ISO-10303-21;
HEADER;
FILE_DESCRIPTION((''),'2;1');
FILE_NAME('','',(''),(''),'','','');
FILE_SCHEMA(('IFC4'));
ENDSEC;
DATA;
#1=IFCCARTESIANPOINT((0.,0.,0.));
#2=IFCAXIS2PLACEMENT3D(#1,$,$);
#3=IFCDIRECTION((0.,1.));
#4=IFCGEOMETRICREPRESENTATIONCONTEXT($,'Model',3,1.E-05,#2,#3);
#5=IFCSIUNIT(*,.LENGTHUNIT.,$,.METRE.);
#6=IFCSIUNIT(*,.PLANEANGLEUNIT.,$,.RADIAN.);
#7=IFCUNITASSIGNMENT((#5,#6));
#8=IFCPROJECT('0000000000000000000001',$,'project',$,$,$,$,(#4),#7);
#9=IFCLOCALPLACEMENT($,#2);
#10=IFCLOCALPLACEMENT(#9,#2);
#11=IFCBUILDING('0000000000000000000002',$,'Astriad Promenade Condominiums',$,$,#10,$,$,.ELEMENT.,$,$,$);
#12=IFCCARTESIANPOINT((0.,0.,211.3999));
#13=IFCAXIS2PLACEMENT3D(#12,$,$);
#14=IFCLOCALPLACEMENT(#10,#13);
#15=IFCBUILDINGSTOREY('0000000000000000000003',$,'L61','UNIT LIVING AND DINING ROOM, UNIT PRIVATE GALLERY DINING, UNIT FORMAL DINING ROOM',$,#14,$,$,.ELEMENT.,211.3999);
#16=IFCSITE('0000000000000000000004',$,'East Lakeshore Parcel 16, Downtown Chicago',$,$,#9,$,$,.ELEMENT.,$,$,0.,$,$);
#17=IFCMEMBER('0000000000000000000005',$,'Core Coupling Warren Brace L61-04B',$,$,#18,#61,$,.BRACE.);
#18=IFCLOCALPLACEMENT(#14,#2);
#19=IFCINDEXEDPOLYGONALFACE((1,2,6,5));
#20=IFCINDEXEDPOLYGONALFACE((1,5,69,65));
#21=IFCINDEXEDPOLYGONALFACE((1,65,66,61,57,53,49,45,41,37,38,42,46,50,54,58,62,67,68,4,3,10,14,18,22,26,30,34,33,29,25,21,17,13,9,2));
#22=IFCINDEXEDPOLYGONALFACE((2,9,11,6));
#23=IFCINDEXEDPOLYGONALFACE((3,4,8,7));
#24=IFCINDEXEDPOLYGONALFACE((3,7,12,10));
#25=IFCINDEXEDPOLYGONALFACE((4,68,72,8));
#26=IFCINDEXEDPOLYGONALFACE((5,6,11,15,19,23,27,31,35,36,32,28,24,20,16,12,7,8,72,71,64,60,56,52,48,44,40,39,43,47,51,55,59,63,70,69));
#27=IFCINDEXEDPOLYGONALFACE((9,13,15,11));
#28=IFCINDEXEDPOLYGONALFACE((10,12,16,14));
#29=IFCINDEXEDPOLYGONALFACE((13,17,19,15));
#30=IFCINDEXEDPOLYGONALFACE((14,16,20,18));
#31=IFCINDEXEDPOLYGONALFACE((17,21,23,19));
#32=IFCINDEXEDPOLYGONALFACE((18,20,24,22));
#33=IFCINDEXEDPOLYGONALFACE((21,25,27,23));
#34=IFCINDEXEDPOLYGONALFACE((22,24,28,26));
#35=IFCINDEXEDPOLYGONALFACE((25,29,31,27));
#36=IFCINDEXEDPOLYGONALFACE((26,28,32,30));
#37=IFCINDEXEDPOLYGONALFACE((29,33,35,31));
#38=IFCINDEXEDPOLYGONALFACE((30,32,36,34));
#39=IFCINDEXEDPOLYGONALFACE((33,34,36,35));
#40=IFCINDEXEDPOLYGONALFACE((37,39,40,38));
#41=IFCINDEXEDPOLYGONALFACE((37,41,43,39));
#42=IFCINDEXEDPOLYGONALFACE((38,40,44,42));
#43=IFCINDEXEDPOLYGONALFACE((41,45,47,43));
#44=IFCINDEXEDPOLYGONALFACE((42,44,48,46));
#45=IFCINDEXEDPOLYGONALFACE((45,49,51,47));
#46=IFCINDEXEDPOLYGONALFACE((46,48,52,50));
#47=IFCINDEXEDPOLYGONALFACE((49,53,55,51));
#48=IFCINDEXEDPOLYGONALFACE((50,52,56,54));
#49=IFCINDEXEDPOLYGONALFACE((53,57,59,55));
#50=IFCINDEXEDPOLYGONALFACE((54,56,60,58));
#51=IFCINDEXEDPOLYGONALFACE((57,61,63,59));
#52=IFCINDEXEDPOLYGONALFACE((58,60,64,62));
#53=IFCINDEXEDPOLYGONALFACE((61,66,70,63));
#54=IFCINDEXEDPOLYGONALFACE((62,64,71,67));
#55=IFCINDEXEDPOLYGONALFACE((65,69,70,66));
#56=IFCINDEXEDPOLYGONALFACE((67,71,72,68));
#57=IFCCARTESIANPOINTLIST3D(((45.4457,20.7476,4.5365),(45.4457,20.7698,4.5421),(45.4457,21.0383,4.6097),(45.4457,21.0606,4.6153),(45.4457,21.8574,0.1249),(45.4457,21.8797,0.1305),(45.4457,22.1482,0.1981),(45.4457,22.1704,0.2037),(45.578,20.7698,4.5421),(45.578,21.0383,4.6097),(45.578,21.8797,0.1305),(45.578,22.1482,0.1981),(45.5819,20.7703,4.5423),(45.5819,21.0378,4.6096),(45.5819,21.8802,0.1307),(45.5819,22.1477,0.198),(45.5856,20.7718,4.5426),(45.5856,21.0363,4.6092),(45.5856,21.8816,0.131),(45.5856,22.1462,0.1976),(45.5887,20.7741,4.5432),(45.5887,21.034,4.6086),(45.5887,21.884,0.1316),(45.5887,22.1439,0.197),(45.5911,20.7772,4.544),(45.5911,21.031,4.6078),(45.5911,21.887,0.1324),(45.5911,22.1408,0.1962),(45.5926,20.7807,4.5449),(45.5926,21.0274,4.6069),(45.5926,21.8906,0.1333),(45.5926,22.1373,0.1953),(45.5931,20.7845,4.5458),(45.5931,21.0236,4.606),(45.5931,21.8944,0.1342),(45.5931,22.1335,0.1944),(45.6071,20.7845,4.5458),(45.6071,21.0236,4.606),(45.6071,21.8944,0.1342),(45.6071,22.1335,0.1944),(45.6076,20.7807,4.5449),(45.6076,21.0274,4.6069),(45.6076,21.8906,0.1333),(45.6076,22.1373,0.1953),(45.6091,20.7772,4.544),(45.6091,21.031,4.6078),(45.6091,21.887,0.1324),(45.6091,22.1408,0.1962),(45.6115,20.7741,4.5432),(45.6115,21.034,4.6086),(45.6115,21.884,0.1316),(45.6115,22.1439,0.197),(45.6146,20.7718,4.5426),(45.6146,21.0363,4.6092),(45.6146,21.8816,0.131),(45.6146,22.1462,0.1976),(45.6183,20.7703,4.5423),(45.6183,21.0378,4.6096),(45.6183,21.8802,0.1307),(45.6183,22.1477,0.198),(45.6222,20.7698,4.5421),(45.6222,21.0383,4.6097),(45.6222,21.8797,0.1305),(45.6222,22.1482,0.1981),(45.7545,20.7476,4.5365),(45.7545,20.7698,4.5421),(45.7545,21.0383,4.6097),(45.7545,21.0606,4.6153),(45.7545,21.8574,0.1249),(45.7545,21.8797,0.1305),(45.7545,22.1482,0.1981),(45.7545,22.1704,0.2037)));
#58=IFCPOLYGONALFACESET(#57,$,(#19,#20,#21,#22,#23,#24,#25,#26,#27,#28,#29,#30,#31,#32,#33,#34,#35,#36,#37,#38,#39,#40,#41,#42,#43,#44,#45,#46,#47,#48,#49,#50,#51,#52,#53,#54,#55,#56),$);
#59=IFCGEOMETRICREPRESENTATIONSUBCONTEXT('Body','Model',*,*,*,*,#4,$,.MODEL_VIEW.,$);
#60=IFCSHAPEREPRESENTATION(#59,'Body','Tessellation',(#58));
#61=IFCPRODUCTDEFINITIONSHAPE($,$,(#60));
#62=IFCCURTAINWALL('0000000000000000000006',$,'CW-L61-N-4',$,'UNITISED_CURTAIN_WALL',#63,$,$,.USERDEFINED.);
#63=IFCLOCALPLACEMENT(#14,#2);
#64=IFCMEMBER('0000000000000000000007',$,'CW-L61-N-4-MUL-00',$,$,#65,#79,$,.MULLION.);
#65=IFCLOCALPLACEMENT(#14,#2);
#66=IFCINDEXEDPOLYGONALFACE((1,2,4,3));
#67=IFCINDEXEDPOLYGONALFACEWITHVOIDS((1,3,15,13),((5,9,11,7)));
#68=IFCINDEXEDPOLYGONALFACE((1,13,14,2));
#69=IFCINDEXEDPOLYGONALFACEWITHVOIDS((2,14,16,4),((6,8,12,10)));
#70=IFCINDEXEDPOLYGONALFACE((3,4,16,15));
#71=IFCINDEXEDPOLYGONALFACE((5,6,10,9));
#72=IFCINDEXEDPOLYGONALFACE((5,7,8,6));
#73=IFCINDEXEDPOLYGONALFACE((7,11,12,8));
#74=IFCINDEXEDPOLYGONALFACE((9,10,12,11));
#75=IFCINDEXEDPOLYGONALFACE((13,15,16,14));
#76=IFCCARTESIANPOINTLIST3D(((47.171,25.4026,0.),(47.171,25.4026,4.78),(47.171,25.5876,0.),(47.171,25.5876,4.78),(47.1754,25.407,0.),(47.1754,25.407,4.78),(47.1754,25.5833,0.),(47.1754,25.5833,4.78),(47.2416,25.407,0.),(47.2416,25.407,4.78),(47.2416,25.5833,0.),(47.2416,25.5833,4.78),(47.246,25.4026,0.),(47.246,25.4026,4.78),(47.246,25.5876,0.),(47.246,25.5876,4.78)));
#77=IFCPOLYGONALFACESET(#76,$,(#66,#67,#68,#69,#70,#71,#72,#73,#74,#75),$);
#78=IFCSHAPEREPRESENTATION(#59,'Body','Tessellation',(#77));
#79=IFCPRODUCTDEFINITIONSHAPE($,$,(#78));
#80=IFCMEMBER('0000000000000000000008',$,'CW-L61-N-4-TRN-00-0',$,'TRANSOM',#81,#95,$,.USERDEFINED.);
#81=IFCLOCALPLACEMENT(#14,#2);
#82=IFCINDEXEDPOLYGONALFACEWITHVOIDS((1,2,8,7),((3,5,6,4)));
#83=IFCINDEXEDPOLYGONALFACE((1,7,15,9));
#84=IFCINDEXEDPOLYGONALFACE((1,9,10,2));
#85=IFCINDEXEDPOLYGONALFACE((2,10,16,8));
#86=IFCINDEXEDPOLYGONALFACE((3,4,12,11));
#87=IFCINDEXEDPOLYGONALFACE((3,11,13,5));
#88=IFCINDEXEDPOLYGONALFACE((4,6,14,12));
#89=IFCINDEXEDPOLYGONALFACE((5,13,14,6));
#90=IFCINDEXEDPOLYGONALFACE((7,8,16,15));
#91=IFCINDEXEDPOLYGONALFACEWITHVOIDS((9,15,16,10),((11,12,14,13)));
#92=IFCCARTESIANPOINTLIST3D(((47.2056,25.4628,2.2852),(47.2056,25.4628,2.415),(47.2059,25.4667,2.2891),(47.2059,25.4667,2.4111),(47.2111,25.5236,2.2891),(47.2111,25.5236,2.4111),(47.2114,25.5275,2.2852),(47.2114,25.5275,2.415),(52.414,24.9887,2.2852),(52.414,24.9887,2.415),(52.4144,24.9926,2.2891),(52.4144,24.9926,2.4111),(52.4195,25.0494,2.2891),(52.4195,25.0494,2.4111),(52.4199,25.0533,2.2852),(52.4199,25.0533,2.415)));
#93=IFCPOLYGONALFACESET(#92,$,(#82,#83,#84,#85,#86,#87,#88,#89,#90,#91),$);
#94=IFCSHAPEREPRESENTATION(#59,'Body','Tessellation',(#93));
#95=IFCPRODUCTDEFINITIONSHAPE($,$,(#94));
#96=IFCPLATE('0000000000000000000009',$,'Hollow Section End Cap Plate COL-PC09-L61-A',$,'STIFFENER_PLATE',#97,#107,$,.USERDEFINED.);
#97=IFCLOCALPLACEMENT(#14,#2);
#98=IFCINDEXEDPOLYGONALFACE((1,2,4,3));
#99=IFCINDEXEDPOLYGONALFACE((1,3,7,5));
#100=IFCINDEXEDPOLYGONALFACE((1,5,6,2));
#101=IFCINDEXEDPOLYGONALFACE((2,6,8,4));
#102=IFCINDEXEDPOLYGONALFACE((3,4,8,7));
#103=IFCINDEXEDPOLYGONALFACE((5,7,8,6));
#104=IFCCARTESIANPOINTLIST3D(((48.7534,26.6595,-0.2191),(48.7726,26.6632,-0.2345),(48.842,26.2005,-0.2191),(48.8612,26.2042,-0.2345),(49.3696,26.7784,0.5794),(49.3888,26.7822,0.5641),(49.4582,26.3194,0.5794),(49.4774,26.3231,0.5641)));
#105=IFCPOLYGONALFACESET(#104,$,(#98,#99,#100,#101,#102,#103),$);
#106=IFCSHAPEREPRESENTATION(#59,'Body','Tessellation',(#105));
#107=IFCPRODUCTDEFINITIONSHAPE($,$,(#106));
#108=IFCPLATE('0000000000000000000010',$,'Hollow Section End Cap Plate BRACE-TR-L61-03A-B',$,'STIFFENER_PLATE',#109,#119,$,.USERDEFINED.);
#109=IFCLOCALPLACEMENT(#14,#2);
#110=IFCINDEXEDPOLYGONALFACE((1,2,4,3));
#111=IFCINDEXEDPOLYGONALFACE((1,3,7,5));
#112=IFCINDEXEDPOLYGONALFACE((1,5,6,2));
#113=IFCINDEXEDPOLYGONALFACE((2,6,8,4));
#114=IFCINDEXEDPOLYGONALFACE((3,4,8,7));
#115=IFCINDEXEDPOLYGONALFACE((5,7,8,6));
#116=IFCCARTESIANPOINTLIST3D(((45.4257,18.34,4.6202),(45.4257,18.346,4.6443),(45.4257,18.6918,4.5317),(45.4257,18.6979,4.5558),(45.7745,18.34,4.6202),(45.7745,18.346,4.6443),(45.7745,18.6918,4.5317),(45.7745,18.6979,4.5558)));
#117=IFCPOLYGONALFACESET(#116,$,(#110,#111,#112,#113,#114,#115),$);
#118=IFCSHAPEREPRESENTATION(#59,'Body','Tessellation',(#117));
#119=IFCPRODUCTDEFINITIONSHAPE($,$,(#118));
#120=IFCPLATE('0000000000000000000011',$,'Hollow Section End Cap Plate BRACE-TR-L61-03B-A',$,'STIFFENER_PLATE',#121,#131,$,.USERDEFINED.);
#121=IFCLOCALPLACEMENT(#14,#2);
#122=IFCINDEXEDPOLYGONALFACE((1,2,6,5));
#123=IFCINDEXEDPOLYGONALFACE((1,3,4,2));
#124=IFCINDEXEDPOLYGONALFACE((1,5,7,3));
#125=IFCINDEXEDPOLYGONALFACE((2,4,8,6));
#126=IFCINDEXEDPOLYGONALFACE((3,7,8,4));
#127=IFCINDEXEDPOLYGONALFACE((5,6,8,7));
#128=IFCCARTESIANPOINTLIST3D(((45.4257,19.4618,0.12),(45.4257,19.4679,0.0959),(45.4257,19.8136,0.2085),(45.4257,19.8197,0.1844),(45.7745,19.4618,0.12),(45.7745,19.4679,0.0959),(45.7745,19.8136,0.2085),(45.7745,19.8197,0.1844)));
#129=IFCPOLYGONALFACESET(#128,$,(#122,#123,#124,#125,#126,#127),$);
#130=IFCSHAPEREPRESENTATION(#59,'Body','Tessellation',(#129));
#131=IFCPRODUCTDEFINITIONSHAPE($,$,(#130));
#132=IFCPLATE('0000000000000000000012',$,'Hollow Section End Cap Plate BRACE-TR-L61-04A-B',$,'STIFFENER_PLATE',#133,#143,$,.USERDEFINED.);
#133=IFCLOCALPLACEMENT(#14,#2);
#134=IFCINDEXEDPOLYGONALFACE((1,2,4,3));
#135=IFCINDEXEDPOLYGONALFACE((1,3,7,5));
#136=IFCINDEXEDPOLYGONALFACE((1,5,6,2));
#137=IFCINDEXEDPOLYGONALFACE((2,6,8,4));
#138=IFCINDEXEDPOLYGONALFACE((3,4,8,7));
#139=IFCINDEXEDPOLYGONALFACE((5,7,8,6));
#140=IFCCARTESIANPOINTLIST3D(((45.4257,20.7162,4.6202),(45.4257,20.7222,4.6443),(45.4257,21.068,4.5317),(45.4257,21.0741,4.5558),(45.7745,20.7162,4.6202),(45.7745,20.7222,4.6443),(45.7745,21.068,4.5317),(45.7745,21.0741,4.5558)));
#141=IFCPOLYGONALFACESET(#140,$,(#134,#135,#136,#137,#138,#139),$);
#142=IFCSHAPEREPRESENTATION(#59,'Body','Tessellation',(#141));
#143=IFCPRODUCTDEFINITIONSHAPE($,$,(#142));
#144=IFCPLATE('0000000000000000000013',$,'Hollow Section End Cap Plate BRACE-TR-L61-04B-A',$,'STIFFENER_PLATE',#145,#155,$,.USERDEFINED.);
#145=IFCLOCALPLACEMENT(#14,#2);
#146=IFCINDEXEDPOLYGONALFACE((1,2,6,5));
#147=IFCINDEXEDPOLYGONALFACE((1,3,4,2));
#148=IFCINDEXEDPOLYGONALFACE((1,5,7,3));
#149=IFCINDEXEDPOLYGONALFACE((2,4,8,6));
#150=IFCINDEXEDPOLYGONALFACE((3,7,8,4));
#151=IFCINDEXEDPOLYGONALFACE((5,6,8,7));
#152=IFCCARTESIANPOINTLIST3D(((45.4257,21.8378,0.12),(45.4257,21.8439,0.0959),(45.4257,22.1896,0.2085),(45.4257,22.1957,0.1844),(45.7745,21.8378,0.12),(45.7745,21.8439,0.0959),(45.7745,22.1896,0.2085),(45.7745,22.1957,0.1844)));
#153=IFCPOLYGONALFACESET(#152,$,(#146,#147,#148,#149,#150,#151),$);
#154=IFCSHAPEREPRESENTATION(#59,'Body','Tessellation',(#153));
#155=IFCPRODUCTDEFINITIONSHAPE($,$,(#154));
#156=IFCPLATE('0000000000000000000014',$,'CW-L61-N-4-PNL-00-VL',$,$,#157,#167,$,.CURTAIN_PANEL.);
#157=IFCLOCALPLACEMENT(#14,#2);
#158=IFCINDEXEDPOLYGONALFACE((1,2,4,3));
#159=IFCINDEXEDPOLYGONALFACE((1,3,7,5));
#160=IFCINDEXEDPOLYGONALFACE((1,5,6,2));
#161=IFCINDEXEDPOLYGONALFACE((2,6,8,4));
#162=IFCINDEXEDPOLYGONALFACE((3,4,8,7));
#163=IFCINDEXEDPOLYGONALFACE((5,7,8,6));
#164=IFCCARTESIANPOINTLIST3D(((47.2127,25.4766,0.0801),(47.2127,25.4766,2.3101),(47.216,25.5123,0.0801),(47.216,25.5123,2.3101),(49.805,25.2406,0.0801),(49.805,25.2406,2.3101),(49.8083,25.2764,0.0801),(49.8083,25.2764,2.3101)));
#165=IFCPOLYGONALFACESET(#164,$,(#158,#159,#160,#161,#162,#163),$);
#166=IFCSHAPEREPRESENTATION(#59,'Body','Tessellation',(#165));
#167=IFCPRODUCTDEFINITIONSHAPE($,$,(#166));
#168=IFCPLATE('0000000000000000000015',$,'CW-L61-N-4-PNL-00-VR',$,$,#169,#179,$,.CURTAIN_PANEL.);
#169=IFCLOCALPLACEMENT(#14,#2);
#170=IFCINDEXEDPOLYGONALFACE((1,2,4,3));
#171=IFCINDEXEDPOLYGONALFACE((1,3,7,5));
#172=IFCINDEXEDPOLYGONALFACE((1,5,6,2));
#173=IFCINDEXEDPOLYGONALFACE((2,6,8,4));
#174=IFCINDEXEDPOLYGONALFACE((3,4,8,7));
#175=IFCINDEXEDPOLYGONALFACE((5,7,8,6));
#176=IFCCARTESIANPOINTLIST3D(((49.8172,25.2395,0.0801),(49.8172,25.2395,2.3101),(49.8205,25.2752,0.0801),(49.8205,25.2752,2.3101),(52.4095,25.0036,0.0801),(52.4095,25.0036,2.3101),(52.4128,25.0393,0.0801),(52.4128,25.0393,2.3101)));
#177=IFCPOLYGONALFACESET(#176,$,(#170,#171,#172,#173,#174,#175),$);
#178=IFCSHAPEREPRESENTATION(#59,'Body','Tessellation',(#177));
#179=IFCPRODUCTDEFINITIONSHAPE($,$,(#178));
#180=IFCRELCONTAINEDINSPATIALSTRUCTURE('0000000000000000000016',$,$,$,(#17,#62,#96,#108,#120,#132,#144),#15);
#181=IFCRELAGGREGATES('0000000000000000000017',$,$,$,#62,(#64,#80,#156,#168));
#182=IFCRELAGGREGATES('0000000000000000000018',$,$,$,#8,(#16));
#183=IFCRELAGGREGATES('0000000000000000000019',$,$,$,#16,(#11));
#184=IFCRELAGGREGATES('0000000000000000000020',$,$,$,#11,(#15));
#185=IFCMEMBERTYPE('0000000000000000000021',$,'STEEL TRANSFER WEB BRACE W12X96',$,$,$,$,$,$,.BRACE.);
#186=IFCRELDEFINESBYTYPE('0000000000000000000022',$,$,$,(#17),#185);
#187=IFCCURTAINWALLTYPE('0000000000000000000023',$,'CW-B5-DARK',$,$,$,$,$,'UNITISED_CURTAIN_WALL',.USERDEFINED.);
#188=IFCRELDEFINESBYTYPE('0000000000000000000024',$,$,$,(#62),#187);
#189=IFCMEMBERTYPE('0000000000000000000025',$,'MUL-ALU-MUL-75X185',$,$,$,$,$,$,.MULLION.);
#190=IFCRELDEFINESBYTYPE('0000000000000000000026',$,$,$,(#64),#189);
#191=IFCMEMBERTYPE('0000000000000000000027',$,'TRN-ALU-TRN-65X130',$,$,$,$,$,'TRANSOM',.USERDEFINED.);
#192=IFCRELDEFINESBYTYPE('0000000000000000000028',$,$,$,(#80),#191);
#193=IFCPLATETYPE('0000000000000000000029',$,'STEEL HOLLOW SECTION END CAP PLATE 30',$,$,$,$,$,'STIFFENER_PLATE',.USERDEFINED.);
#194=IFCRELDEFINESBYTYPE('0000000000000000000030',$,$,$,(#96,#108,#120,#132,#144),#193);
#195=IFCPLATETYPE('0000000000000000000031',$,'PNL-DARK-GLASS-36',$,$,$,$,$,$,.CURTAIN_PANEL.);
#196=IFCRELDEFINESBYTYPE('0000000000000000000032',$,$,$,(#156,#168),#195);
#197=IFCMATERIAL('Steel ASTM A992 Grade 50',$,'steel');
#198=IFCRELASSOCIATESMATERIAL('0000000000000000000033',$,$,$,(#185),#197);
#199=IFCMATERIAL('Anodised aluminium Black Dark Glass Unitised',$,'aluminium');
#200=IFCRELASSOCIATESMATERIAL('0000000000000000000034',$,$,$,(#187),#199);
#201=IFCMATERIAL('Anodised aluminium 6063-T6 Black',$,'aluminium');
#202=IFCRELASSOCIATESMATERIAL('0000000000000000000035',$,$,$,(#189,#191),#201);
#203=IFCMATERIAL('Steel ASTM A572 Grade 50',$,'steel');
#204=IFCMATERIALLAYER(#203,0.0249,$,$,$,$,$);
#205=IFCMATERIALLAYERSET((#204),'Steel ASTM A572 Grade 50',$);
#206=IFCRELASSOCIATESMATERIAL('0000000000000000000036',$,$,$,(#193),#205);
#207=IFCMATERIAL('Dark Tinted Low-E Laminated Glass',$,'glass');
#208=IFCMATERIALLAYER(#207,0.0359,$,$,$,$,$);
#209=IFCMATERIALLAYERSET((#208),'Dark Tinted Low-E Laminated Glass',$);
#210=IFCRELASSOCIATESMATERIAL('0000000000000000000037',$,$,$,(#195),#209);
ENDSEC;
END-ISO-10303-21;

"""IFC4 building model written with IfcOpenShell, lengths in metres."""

from ifc_helpers import new_model, si_unit, direction, frame, origin, origin_2d, place, context, subcontext, project, spatial, rectangle, hollow_rectangle, i_section, extrude, source, transform, mapped, material, layer, layer_set, material_profile, profile_set, type_object, type_shapes, element, aggregate, save


model = new_model("IFC4")

# Units and contexts
model_context = context("Model", 3, precision=1e-05, world=origin(), true_north=direction((0.0, 1.0)))
body_context = subcontext(model_context, "Body", "Model", "MODEL_VIEW")
ifc_project = project(units=[si_unit("LENGTHUNIT", "METRE"), si_unit("PLANEANGLEUNIT", "RADIAN")], contexts=[model_context])

# Site, building, storey
site_placement = place(None, origin())
site = spatial("IfcSite", under=ifc_project, at=site_placement, Name="East Lakeshore Parcel 16, Downtown Chicago", CompositionType="ELEMENT", RefElevation=0.0)
building_placement = place(site_placement, origin())
building = spatial("IfcBuilding", under=site, at=building_placement, Name="Astriad Promenade Condominiums", CompositionType="ELEMENT")
storey_placement = place(building_placement, frame((0.0, 0.0, 211.3999)))
storey = spatial("IfcBuildingStorey", under=building, at=storey_placement, Name="L61", Description="UNIT LIVING AND DINING ROOM, UNIT PRIVATE GALLERY DINING, UNIT FORMAL DINING ROOM", CompositionType="ELEMENT", Elevation=211.3999)

# Shared definitions
ifc_material_1 = material(Name="Steel ASTM A992 Grade 50", Category="steel")

# Member
ifc_material_profile_1 = material_profile(ifc_material_1, i_section(OverallWidth=0.3088, OverallDepth=0.3228, WebThickness=0.0139, FlangeThickness=0.0229, FilletRadius=0.0151, at=origin_2d()), Name="W12X96")
ifc_profile_set_1 = profile_set([ifc_material_profile_1], Name="Steel ASTM A992 Grade 50")
member_type_1 = type_object("IfcMemberType", Name="STEEL TRANSFER WEB BRACE W12X96", PredefinedType="BRACE", material=ifc_profile_set_1)
shared_shape_1 = source(origin(), body_context, "Body", "SweptSolid", [
    extrude(i_section(OverallWidth=0.3088, OverallDepth=0.3228, WebThickness=0.0139, FlangeThickness=0.0229, FilletRadius=0.0151, at=origin_2d()), origin(), (0.0, 0.0, 1.0), 4.5491),
])
type_shapes(member_type_1, [shared_shape_1])
for number, where, z_axis, x_axis, name in (
    (1, (45.6001, 22.0139, 0.1643), (0.0, -0.243975, 0.969782), (1.0, 0.0, 0.0), "Core Coupling Warren Brace L61-04B"),
):
    element("IfcMember", number, at=place(storey_placement, frame(where, z_axis=z_axis, x_axis=x_axis)), inside=storey, type_object=member_type_1, Name=name, PredefinedType="BRACE", context=body_context, shape_type="MappedRepresentation", body=[
        mapped(shared_shape_1, transform((0.0, 0.0, 0.0), scale=1.0)),
    ])

# Curtain wall, members
ifc_material_2 = material(Name="Anodised aluminium Black Dark Glass Unitised", Category="aluminium")
curtain_wall_type = type_object("IfcCurtainWallType", Name="CW-B5-DARK", ElementType="UNITISED_CURTAIN_WALL", PredefinedType="USERDEFINED", material=ifc_material_2)
curtain_wall_placement = place(storey_placement, origin())
curtain_wall = element("IfcCurtainWall", 2, at=curtain_wall_placement, inside=storey, type_object=curtain_wall_type, Name="CW-L61-N-4", ObjectType="UNITISED_CURTAIN_WALL", PredefinedType="USERDEFINED")
ifc_material_3 = material(Name="Anodised aluminium 6063-T6 Black", Category="aluminium")
ifc_material_profile_2 = material_profile(ifc_material_3, hollow_rectangle(XDim=0.075, YDim=0.1851, WallThickness=0.0044, at=origin_2d()), Name="ALU-MUL-75X185")
ifc_profile_set_2 = profile_set([ifc_material_profile_2], Name="Anodised aluminium 6063-T6 Black")
member_type_2 = type_object("IfcMemberType", Name="MUL-ALU-MUL-75X185", PredefinedType="MULLION", material=ifc_profile_set_2)
shared_shape_2 = source(origin(), body_context, "Body", "SweptSolid", [
    extrude(hollow_rectangle(XDim=0.075, YDim=0.1851, WallThickness=0.0044, at=origin_2d()), origin(), (0.0, 0.0, 1.0), 4.78),
])
type_shapes(member_type_2, [shared_shape_2])
member_1_placement = place(storey_placement, frame((47.2085, 25.4951, 0.0), z_axis=(0.0, 0.0, 1.0), x_axis=(1.0, 0.0, 0.0)))
member_1 = element("IfcMember", 3, at=member_1_placement, type_object=member_type_2, Name="CW-L61-N-4-MUL-00", PredefinedType="MULLION", context=body_context, shape_type="MappedRepresentation", body=[
    mapped(shared_shape_2, transform((0.0, 0.0, 0.0), scale=1.0)),
])
ifc_material_profile_3 = material_profile(ifc_material_3, hollow_rectangle(XDim=0.0649, YDim=0.1299, WallThickness=0.0039, at=origin_2d()), Name="ALU-TRN-65X130")
ifc_profile_set_3 = profile_set([ifc_material_profile_3], Name="Anodised aluminium 6063-T6 Black")
member_type_3 = type_object("IfcMemberType", Name="TRN-ALU-TRN-65X130", ElementType="TRANSOM", PredefinedType="USERDEFINED", material=ifc_profile_set_3)
shared_shape_3 = source(origin(), body_context, "Body", "SweptSolid", [
    extrude(hollow_rectangle(XDim=0.0649, YDim=0.1299, WallThickness=0.0039, at=origin_2d()), origin(), (0.0, 0.0, 1.0), 5.23),
])
type_shapes(member_type_3, [shared_shape_3])
member_2_placement = place(storey_placement, frame((47.2085, 25.4951, 2.3501), z_axis=(0.995882, -0.090654, 0.0), x_axis=(0.090654, 0.995882, 0.0)))
member_2 = element("IfcMember", 4, at=member_2_placement, type_object=member_type_3, Name="CW-L61-N-4-TRN-00-0", ObjectType="TRANSOM", PredefinedType="USERDEFINED", context=body_context, shape_type="MappedRepresentation", body=[
    mapped(shared_shape_3, transform((0.0, 0.0, 0.0), scale=1.0)),
])

# Plates
ifc_material_4 = material(Name="Steel ASTM A572 Grade 50", Category="steel")
ifc_layer_1 = layer(ifc_material_4, 0.0249)
ifc_layer_set_1 = layer_set([ifc_layer_1], Name="Steel ASTM A572 Grade 50")
plate_type_1 = type_object("IfcPlateType", Name="STEEL HOLLOW SECTION END CAP PLATE 30", ElementType="STIFFENER_PLATE", PredefinedType="USERDEFINED", material=ifc_layer_set_1)
shared_shape_4 = source(origin(), body_context, "Body", "SweptSolid", [
    extrude(rectangle(XDim=0.4675, YDim=1.0156, at=origin_2d()), origin(), (0.0, 0.0, 1.0), 0.0249),
])
plate_1_placement = place(storey_placement, frame((49.125, 26.4932, 0.1648), z_axis=(-0.772002, -0.149004, 0.617909), x_axis=(0.189512, -0.981878, 0.0)))
element("IfcPlate", 5, at=plate_1_placement, inside=storey, type_object=plate_type_1, Name="Hollow Section End Cap Plate COL-PC09-L61-A", ObjectType="STIFFENER_PLATE", PredefinedType="USERDEFINED", context=body_context, shape_type="MappedRepresentation", body=[
    mapped(shared_shape_4, transform((0.0, 0.0, 0.0), scale=1.0)),
])
shared_shape_5 = source(origin(), body_context, "Body", "SweptSolid", [
    extrude(rectangle(XDim=0.3489, YDim=0.3628, at=origin_2d()), origin(), (0.0, 0.0, 1.0), 0.0249),
])
type_shapes(plate_type_1, [shared_shape_4, shared_shape_5])
for number, where, z_axis, x_axis, name in (
    (6, (45.6001, 18.5159, 4.5759), (0.0, 0.243963, 0.969785), (1.0, 0.0, 0.0), "Hollow Section End Cap Plate BRACE-TR-L61-03A-B"),
    (7, (45.6001, 19.6438, 0.1401), (0.0, -0.243963, 0.969785), (1.0, 0.0, 0.0), "Hollow Section End Cap Plate BRACE-TR-L61-03B-A"),
    (8, (45.6001, 20.8921, 4.5759), (0.0, 0.243963, 0.969785), (1.0, 0.0, 0.0), "Hollow Section End Cap Plate BRACE-TR-L61-04A-B"),
    (9, (45.6001, 22.0198, 0.1401), (0.0, -0.243963, 0.969785), (1.0, 0.0, 0.0), "Hollow Section End Cap Plate BRACE-TR-L61-04B-A"),
):
    element("IfcPlate", number, at=place(storey_placement, frame(where, z_axis=z_axis, x_axis=x_axis)), inside=storey, type_object=plate_type_1, Name=name, ObjectType="STIFFENER_PLATE", PredefinedType="USERDEFINED", context=body_context, shape_type="MappedRepresentation", body=[
        mapped(shared_shape_5, transform((0.0, 0.0, 0.0), scale=1.0)),
    ])

# Plates
ifc_material_5 = material(Name="Dark Tinted Low-E Laminated Glass", Category="glass")
ifc_layer_2 = layer(ifc_material_5, 0.0359)
ifc_layer_set_2 = layer_set([ifc_layer_2], Name="Dark Tinted Low-E Laminated Glass")
plate_type_2 = type_object("IfcPlateType", Name="PNL-DARK-GLASS-36", PredefinedType="CURTAIN_PANEL", material=ifc_layer_set_2)
shared_shape_6 = source(origin(), body_context, "Body", "SweptSolid", [
    extrude(rectangle(XDim=2.603, YDim=0.0359, at=origin_2d()), origin(), (0.0, 0.0, 1.0), 2.23),
])
plate_2_placement = place(storey_placement, frame((48.5105, 25.3765, 0.0801), z_axis=(0.0, 0.0, 1.0), x_axis=(0.995884, -0.090633, 0.0)))
plate_2 = element("IfcPlate", 10, at=plate_2_placement, type_object=plate_type_2, Name="CW-L61-N-4-PNL-00-VL", PredefinedType="CURTAIN_PANEL", context=body_context, shape_type="MappedRepresentation", body=[
    mapped(shared_shape_6, transform((0.0, 0.0, 0.0), scale=1.0)),
])
plate_3_placement = place(storey_placement, frame((51.115, 25.1394, 0.0801), z_axis=(0.0, 0.0, 1.0), x_axis=(0.995884, -0.090633, 0.0)))
plate_3 = element("IfcPlate", 11, at=plate_3_placement, type_object=plate_type_2, Name="CW-L61-N-4-PNL-00-VR", PredefinedType="CURTAIN_PANEL", context=body_context, shape_type="MappedRepresentation", body=[
    mapped(shared_shape_6, transform((0.0, 0.0, 0.0), scale=1.0)),
])
aggregate(curtain_wall, [member_1, member_2, plate_2, plate_3])

save(model, "model.ifc")
